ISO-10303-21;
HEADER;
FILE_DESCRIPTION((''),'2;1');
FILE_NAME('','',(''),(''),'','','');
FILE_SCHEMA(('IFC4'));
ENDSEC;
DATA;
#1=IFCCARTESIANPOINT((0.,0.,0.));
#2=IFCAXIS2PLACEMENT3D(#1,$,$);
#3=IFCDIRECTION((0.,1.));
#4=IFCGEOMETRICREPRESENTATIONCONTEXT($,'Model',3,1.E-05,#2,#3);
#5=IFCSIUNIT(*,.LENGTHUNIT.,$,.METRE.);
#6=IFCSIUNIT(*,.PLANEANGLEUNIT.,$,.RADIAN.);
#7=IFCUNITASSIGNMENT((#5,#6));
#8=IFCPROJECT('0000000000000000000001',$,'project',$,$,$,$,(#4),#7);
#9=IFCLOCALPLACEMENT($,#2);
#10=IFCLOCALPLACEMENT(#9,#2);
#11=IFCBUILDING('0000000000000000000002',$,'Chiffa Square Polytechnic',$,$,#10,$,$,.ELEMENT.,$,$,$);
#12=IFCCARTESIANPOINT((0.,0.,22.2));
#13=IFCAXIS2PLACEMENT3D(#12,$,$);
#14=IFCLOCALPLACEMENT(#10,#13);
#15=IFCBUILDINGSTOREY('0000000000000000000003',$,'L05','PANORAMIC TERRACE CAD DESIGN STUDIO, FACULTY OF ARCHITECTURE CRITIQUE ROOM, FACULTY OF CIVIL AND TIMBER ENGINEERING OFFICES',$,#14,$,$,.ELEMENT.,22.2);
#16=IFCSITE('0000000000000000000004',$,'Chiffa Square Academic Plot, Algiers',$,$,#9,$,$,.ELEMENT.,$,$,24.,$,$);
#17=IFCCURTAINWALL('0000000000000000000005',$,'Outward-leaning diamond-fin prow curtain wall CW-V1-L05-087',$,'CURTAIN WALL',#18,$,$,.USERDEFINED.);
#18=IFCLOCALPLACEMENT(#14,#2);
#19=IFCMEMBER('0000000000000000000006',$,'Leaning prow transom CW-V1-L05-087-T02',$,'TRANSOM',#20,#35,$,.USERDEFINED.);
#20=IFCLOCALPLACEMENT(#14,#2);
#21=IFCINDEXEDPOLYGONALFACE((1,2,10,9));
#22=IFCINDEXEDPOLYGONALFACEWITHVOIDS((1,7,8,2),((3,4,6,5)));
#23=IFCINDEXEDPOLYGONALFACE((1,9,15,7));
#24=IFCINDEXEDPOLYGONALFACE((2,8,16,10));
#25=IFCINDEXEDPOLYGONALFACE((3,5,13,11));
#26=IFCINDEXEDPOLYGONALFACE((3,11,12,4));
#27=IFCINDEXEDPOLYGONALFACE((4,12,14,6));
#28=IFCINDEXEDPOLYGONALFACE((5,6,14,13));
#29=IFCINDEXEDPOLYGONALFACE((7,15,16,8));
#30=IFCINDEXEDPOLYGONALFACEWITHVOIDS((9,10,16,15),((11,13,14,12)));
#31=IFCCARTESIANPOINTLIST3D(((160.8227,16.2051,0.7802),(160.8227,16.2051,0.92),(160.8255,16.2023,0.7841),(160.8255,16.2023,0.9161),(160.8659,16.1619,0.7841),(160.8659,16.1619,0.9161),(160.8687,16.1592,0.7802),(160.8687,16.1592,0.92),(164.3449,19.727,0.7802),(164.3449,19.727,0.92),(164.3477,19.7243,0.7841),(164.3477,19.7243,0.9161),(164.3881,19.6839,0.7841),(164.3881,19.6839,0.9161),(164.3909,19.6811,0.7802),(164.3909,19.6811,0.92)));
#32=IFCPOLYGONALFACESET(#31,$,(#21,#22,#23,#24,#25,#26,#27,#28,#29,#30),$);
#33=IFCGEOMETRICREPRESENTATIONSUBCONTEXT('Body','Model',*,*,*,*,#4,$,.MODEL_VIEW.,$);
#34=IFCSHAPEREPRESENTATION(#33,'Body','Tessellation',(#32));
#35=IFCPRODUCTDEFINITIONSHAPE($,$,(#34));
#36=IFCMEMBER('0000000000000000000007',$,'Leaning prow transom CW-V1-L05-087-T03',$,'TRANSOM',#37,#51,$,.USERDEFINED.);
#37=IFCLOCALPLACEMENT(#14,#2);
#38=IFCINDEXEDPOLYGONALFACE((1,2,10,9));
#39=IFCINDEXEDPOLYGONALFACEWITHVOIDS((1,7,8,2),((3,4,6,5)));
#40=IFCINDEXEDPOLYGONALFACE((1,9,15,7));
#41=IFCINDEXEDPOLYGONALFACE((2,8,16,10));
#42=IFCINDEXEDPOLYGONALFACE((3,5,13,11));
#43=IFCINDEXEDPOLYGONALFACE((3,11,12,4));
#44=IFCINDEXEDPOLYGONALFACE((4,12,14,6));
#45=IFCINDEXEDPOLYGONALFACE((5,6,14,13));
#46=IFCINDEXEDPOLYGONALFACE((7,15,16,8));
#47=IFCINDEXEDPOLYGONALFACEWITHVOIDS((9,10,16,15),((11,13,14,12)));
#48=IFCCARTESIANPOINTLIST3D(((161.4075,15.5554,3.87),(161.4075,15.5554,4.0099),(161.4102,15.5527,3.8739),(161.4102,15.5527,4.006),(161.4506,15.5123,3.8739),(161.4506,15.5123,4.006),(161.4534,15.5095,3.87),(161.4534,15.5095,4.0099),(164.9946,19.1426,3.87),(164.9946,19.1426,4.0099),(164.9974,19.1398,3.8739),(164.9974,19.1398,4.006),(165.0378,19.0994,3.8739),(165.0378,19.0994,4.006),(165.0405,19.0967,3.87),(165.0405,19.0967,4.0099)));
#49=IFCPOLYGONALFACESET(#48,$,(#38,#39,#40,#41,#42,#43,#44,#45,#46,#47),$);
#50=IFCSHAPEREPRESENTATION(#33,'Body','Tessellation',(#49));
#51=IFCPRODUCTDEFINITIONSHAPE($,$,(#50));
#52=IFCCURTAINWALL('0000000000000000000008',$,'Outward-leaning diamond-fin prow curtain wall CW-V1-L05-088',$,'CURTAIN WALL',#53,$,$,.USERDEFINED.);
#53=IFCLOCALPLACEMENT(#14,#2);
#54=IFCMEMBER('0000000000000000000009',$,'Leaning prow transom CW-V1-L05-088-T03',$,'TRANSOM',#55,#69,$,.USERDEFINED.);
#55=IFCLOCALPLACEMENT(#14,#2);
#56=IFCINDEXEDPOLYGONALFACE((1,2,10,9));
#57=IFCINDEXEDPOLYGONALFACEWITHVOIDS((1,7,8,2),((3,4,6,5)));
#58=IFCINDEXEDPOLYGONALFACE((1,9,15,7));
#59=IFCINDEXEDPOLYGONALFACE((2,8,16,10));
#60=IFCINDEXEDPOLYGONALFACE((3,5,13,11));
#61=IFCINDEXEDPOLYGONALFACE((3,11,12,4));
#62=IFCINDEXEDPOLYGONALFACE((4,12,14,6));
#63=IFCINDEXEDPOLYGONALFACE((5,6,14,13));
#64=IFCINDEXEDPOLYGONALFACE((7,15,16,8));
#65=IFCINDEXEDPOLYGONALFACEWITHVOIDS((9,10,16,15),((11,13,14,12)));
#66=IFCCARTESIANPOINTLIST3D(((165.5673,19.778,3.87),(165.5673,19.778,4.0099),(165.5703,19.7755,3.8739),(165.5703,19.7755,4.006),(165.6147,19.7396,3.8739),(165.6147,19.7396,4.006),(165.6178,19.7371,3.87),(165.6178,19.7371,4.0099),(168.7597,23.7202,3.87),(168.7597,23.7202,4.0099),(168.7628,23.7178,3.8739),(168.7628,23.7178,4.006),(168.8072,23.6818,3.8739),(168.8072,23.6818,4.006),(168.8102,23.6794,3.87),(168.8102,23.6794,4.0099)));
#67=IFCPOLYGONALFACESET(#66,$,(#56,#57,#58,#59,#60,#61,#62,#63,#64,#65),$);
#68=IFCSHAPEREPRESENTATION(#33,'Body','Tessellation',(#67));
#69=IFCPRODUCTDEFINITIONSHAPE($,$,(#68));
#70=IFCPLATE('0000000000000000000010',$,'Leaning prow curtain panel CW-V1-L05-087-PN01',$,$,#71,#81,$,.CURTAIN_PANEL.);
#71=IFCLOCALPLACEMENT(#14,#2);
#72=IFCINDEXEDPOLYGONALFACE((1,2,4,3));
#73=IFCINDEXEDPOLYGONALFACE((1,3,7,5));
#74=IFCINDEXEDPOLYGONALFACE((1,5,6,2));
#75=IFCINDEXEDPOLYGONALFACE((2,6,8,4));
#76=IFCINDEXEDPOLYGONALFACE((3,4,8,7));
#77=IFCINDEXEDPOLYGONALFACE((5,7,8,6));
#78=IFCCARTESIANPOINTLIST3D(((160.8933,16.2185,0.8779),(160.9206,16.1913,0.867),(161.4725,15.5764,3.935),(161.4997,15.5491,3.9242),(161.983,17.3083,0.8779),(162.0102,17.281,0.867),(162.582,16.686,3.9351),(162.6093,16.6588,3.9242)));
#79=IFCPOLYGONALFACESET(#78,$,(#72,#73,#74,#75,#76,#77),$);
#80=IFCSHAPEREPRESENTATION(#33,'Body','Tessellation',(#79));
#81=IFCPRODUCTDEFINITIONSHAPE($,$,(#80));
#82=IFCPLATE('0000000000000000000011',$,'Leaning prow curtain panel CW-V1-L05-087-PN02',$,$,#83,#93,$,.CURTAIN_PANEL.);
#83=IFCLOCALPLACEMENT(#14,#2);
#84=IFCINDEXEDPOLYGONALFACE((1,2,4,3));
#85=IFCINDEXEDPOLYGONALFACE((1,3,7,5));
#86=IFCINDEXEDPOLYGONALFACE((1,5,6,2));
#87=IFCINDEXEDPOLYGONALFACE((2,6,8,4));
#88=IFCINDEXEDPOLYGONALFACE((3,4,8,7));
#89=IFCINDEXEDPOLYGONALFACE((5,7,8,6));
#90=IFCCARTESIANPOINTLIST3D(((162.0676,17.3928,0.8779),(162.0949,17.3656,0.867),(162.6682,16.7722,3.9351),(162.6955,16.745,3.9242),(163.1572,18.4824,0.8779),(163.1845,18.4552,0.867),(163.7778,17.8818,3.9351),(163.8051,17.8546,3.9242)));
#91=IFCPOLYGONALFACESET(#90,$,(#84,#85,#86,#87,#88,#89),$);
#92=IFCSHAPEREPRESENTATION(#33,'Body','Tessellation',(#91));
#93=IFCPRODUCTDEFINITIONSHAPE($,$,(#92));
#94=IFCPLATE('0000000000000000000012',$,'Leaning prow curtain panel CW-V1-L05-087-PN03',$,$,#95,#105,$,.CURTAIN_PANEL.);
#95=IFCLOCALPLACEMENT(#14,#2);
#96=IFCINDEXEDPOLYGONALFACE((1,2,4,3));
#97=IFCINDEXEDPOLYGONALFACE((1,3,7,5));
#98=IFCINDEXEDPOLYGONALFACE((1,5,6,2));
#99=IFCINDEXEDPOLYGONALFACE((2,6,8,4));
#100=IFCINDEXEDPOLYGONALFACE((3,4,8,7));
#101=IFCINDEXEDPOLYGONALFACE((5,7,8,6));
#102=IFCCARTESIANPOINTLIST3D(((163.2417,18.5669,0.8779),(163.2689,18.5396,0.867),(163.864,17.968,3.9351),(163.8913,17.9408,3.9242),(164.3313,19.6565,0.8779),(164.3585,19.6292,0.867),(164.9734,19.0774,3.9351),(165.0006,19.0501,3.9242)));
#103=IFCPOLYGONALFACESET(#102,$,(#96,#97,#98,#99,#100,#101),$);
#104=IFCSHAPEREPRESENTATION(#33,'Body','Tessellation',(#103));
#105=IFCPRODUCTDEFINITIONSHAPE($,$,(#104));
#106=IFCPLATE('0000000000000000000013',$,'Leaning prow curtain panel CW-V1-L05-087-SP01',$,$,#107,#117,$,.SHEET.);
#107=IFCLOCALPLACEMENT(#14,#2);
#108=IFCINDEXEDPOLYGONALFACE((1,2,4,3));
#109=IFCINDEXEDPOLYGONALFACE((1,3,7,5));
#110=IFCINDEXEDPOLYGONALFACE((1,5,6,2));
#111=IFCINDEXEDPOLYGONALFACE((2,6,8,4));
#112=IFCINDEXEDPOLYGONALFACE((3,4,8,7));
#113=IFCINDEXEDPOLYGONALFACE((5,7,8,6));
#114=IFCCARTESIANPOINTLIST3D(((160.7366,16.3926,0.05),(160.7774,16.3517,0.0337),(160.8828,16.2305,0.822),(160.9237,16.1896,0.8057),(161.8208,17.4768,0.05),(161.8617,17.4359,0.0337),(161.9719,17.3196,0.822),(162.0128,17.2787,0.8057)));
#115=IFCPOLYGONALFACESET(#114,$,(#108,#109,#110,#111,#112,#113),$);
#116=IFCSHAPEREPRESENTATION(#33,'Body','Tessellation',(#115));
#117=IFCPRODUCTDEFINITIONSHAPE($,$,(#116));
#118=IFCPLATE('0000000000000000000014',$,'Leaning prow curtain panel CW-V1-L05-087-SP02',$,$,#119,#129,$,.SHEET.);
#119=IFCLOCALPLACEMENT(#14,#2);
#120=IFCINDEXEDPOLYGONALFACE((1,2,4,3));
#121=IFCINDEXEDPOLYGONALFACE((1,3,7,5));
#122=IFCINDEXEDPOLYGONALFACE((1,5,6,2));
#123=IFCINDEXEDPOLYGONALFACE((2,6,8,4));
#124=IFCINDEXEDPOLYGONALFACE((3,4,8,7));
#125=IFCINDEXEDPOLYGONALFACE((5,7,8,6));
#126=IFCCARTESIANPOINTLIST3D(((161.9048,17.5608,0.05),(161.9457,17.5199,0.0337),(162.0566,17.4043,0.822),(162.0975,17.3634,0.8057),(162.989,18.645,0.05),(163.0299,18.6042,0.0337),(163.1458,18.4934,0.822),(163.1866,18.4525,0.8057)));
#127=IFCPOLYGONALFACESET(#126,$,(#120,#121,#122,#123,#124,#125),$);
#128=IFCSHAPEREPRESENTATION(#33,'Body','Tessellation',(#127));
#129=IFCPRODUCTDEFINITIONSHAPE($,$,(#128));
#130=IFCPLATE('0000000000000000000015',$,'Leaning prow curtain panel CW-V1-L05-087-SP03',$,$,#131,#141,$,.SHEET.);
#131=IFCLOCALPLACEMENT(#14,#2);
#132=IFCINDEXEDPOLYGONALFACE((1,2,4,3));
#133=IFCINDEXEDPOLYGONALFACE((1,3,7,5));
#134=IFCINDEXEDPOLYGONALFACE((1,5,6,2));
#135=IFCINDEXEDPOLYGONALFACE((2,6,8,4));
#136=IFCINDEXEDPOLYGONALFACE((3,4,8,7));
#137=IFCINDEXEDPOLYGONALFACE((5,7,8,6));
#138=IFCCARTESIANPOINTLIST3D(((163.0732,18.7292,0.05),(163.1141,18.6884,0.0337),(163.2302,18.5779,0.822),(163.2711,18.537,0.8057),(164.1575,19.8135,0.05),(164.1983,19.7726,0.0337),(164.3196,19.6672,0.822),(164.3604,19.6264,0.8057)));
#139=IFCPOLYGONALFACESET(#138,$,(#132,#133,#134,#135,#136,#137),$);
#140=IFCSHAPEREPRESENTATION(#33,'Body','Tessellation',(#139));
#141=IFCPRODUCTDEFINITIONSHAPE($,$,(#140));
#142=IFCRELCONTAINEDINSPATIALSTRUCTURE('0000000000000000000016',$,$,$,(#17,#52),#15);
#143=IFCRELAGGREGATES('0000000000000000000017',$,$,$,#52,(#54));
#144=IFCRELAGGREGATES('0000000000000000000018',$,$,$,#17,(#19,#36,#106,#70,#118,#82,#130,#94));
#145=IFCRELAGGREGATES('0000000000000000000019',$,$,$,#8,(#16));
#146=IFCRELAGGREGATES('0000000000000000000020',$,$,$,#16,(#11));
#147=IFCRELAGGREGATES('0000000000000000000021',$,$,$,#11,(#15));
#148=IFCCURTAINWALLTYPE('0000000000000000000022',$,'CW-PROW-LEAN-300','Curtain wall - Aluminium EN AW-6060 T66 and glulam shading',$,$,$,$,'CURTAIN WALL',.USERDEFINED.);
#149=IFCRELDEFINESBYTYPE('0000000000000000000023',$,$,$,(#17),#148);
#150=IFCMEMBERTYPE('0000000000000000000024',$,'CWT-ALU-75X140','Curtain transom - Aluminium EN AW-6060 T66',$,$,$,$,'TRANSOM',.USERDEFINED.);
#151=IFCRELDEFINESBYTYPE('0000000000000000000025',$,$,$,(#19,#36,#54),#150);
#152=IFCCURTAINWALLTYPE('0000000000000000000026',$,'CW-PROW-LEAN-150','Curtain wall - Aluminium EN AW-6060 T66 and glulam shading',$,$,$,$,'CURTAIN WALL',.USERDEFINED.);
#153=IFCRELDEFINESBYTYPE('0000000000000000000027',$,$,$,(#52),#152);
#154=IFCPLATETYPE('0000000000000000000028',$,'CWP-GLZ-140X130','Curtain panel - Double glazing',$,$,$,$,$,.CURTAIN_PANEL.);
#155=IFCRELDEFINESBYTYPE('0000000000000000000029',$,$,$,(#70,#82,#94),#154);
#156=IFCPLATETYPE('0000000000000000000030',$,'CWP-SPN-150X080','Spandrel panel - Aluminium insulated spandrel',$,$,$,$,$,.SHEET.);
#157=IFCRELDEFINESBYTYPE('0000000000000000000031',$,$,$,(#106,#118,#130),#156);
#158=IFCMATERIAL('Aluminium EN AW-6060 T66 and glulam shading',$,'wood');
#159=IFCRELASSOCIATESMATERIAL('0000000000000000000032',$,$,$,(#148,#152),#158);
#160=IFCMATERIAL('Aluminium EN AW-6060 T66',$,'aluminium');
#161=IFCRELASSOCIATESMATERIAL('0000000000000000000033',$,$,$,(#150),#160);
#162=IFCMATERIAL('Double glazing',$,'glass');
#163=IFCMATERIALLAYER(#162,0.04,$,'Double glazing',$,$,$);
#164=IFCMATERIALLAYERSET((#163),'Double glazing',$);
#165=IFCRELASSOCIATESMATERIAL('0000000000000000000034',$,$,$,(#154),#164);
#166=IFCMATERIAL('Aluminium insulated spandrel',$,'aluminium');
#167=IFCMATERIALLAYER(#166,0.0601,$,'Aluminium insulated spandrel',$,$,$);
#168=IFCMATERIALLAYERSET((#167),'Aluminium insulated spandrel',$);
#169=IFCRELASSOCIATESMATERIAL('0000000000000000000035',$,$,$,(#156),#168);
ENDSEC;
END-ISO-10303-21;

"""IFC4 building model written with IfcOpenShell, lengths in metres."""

from ifc_helpers import new_model, si_unit, direction, frame, origin, origin_2d, place, context, subcontext, project, spatial, polyline, hollow_rectangle, outline, extrude, material, layer, layer_set, material_profile, profile_set, type_object, element, aggregate, save


model = new_model("IFC4")

# Units and contexts
model_context = context("Model", 3, precision=1e-05, world=origin(), true_north=direction((0.0, 1.0)))
body_context = subcontext(model_context, "Body", "Model", "MODEL_VIEW")
ifc_project = project(units=[si_unit("LENGTHUNIT", "METRE"), si_unit("PLANEANGLEUNIT", "RADIAN")], contexts=[model_context])

# Site, building, storey
site_placement = place(None, origin())
site = spatial("IfcSite", under=ifc_project, at=site_placement, Name="Chiffa Square Academic Plot, Algiers", CompositionType="ELEMENT", RefElevation=24.0)
building_placement = place(site_placement, origin())
building = spatial("IfcBuilding", under=site, at=building_placement, Name="Chiffa Square Polytechnic", CompositionType="ELEMENT")
storey_placement = place(building_placement, frame((0.0, 0.0, 22.2)))
storey = spatial("IfcBuildingStorey", under=building, at=storey_placement, Name="L05", Description="PANORAMIC TERRACE CAD DESIGN STUDIO, FACULTY OF ARCHITECTURE CRITIQUE ROOM, FACULTY OF CIVIL AND TIMBER ENGINEERING OFFICES", CompositionType="ELEMENT", Elevation=22.2)

# Curtain wall, members
ifc_material_1 = material(Name="Aluminium EN AW-6060 T66 and glulam shading", Category="wood")
curtain_wall_type_1 = type_object("IfcCurtainWallType", Name="CW-PROW-LEAN-300", Description="Curtain wall - Aluminium EN AW-6060 T66 and glulam shading", ElementType="CURTAIN WALL", PredefinedType="USERDEFINED", material=ifc_material_1)
curtain_wall_1_placement = place(storey_placement, origin())
curtain_wall_1 = element("IfcCurtainWall", 1, at=curtain_wall_1_placement, inside=storey, type_object=curtain_wall_type_1, Name="Outward-leaning diamond-fin prow curtain wall CW-V1-L05-087", ObjectType="CURTAIN WALL", PredefinedType="USERDEFINED")
ifc_material_2 = material(Name="Aluminium EN AW-6060 T66", Category="aluminium")
ifc_material_profile_1 = material_profile(ifc_material_2, hollow_rectangle(XDim=0.0649, YDim=0.1399, WallThickness=0.0039, at=origin_2d()), Name="ALU 65x140x4")
ifc_profile_set_1 = profile_set([ifc_material_profile_1], Name="Aluminium EN AW-6060 T66")
member_type_1 = type_object("IfcMemberType", Name="CWT-ALU-75X140", Description="Curtain transom - Aluminium EN AW-6060 T66", ElementType="TRANSOM", PredefinedType="USERDEFINED", material=ifc_profile_set_1)
member_1_placement = place(storey_placement, frame((160.8457, 16.1821, 0.8501), z_axis=(0.707131, 0.707082, 0.0), x_axis=(-0.707082, 0.707131, 0.0)))
member_1 = element("IfcMember", 2, at=member_1_placement, type_object=member_type_1, Name="Leaning prow transom CW-V1-L05-087-T02", ObjectType="TRANSOM", PredefinedType="USERDEFINED", context=body_context, shape_type="SweptSolid", body=[
    extrude(hollow_rectangle(XDim=0.0649, YDim=0.1399, WallThickness=0.0039, at=origin_2d()), origin(), (0.0, 0.0, 1.0), 4.981),
])
member_2_placement = place(storey_placement, frame((161.4304, 15.5325, 3.9399), z_axis=(0.707107, 0.707107, 0.0), x_axis=(-0.707107, 0.707107, 0.0)))
member_2 = element("IfcMember", 3, at=member_2_placement, type_object=member_type_1, Name="Leaning prow transom CW-V1-L05-087-T03", ObjectType="TRANSOM", PredefinedType="USERDEFINED", context=body_context, shape_type="SweptSolid", body=[
    extrude(hollow_rectangle(XDim=0.0649, YDim=0.1399, WallThickness=0.0039, at=origin_2d()), origin(), (0.0, 0.0, 1.0), 5.073),
])

# Curtain wall, member
curtain_wall_type_2 = type_object("IfcCurtainWallType", Name="CW-PROW-LEAN-150", Description="Curtain wall - Aluminium EN AW-6060 T66 and glulam shading", ElementType="CURTAIN WALL", PredefinedType="USERDEFINED", material=ifc_material_1)
curtain_wall_2_placement = place(storey_placement, origin())
curtain_wall_2 = element("IfcCurtainWall", 4, at=curtain_wall_2_placement, inside=storey, type_object=curtain_wall_type_2, Name="Outward-leaning diamond-fin prow curtain wall CW-V1-L05-088", ObjectType="CURTAIN WALL", PredefinedType="USERDEFINED")
member_3_placement = place(storey_placement, frame((165.5925, 19.7576, 3.9399), z_axis=(0.629333, 0.777136, 0.0), x_axis=(-0.777136, 0.629333, 0.0)))
member_3 = element("IfcMember", 5, at=member_3_placement, type_object=member_type_1, Name="Leaning prow transom CW-V1-L05-088-T03", ObjectType="TRANSOM", PredefinedType="USERDEFINED", context=body_context, shape_type="SweptSolid", body=[
    extrude(hollow_rectangle(XDim=0.0649, YDim=0.1399, WallThickness=0.0039, at=origin_2d()), origin(), (0.0, 0.0, 1.0), 5.0728),
])
aggregate(curtain_wall_2, [member_3])

# Plates
ifc_material_3 = material(Name="Double glazing", Category="glass")
ifc_layer_1 = layer(ifc_material_3, 0.04, Name="Double glazing")
ifc_layer_set_1 = layer_set([ifc_layer_1], Name="Double glazing")
plate_type_1 = type_object("IfcPlateType", Name="CWP-GLZ-140X130", Description="Curtain panel - Double glazing", PredefinedType="CURTAIN_PANEL", material=ifc_layer_set_1)
plate_1_placement = place(storey_placement, frame((160.8933, 16.2185, 0.8779), z_axis=(-0.680515, 0.68044, 0.271848), x_axis=(0.707065, 0.707149, -0.000015)))
plate_1 = element("IfcPlate", 6, at=plate_1_placement, type_object=plate_type_1, Name="Leaning prow curtain panel CW-V1-L05-087-PN01", PredefinedType="CURTAIN_PANEL", context=body_context, shape_type="SweptSolid", body=[
    extrude(outline(polyline([(0.0, 0.0), (1.5411, 0.0), (1.5246, -3.1768), (-0.0446, -3.1767), (0.0, 0.0)])), origin(), (0.0, 0.0, -1.0), 0.04),
])
plate_2_placement = place(storey_placement, frame((162.0676, 17.3928, 0.8779), z_axis=(-0.680482, 0.680482, 0.271823), x_axis=(0.707107, 0.707107, 0.0)))
plate_2 = element("IfcPlate", 7, at=plate_2_placement, type_object=plate_type_1, Name="Leaning prow curtain panel CW-V1-L05-087-PN02", PredefinedType="CURTAIN_PANEL", context=body_context, shape_type="SweptSolid", body=[
    extrude(outline(polyline([(0.0, 0.0), (1.5409, 0.0), (1.5551, -3.1767), (-0.0142, -3.1767), (0.0, 0.0)])), origin(), (0.0, 0.0, -1.0), 0.04),
])
plate_3_placement = place(storey_placement, frame((163.2417, 18.5669, 0.8779), z_axis=(-0.680482, 0.680482, 0.271823), x_axis=(0.707107, 0.707107, 0.0)))
plate_3 = element("IfcPlate", 8, at=plate_3_placement, type_object=plate_type_1, Name="Leaning prow curtain panel CW-V1-L05-087-PN03", PredefinedType="CURTAIN_PANEL", context=body_context, shape_type="SweptSolid", body=[
    extrude(outline(polyline([(0.0, 0.0), (1.5409, 0.0), (1.5855, -3.1767), (0.0166, -3.1767), (0.0, 0.0)])), origin(), (0.0, 0.0, -1.0), 0.04),
])
ifc_material_4 = material(Name="Aluminium insulated spandrel", Category="aluminium")
ifc_layer_2 = layer(ifc_material_4, 0.0601, Name="Aluminium insulated spandrel")
ifc_layer_set_2 = layer_set([ifc_layer_2], Name="Aluminium insulated spandrel")
plate_type_2 = type_object("IfcPlateType", Name="CWP-SPN-150X080", Description="Spandrel panel - Aluminium insulated spandrel", PredefinedType="SHEET", material=ifc_layer_set_2)
plate_4_placement = place(storey_placement, frame((160.7366, 16.3926, 0.05), z_axis=(-0.680486, 0.680486, 0.271807), x_axis=(0.707107, 0.707107, 0.0)))
plate_4 = element("IfcPlate", 9, at=plate_4_placement, type_object=plate_type_2, Name="Leaning prow curtain panel CW-V1-L05-087-SP01", PredefinedType="SHEET", context=body_context, shape_type="SweptSolid", body=[
    extrude(outline(polyline([(0.0, 0.0), (1.5333, 0.0), (1.529, -0.8022), (-0.0112, -0.8022), (0.0, 0.0)])), origin(), (0.0, 0.0, -1.0), 0.0601),
])
plate_5_placement = place(storey_placement, frame((161.9048, 17.5608, 0.05), z_axis=(-0.680486, 0.680486, 0.271807), x_axis=(0.707107, 0.707107, 0.0)))
plate_5 = element("IfcPlate", 10, at=plate_5_placement, type_object=plate_type_2, Name="Leaning prow curtain panel CW-V1-L05-087-SP02", PredefinedType="SHEET", context=body_context, shape_type="SweptSolid", body=[
    extrude(outline(polyline([(0.0, 0.0), (1.5333, 0.0), (1.537, -0.8022), (-0.0033, -0.8022), (0.0, 0.0)])), origin(), (0.0, 0.0, -1.0), 0.0601),
])
plate_6_placement = place(storey_placement, frame((163.0732, 18.7292, 0.05), z_axis=(-0.680486, 0.680486, 0.271807), x_axis=(0.707107, 0.707107, 0.0)))
plate_6 = element("IfcPlate", 11, at=plate_6_placement, type_object=plate_type_2, Name="Leaning prow curtain panel CW-V1-L05-087-SP03", PredefinedType="SHEET", context=body_context, shape_type="SweptSolid", body=[
    extrude(outline(polyline([(0.0, 0.0), (1.5333, 0.0), (1.5446, -0.8022), (0.004, -0.8022), (0.0, 0.0)])), origin(), (0.0, 0.0, -1.0), 0.0601),
])
aggregate(curtain_wall_1, [member_1, member_2, plate_4, plate_1, plate_5, plate_2, plate_6, plate_3])

save(model, "model.ifc")
